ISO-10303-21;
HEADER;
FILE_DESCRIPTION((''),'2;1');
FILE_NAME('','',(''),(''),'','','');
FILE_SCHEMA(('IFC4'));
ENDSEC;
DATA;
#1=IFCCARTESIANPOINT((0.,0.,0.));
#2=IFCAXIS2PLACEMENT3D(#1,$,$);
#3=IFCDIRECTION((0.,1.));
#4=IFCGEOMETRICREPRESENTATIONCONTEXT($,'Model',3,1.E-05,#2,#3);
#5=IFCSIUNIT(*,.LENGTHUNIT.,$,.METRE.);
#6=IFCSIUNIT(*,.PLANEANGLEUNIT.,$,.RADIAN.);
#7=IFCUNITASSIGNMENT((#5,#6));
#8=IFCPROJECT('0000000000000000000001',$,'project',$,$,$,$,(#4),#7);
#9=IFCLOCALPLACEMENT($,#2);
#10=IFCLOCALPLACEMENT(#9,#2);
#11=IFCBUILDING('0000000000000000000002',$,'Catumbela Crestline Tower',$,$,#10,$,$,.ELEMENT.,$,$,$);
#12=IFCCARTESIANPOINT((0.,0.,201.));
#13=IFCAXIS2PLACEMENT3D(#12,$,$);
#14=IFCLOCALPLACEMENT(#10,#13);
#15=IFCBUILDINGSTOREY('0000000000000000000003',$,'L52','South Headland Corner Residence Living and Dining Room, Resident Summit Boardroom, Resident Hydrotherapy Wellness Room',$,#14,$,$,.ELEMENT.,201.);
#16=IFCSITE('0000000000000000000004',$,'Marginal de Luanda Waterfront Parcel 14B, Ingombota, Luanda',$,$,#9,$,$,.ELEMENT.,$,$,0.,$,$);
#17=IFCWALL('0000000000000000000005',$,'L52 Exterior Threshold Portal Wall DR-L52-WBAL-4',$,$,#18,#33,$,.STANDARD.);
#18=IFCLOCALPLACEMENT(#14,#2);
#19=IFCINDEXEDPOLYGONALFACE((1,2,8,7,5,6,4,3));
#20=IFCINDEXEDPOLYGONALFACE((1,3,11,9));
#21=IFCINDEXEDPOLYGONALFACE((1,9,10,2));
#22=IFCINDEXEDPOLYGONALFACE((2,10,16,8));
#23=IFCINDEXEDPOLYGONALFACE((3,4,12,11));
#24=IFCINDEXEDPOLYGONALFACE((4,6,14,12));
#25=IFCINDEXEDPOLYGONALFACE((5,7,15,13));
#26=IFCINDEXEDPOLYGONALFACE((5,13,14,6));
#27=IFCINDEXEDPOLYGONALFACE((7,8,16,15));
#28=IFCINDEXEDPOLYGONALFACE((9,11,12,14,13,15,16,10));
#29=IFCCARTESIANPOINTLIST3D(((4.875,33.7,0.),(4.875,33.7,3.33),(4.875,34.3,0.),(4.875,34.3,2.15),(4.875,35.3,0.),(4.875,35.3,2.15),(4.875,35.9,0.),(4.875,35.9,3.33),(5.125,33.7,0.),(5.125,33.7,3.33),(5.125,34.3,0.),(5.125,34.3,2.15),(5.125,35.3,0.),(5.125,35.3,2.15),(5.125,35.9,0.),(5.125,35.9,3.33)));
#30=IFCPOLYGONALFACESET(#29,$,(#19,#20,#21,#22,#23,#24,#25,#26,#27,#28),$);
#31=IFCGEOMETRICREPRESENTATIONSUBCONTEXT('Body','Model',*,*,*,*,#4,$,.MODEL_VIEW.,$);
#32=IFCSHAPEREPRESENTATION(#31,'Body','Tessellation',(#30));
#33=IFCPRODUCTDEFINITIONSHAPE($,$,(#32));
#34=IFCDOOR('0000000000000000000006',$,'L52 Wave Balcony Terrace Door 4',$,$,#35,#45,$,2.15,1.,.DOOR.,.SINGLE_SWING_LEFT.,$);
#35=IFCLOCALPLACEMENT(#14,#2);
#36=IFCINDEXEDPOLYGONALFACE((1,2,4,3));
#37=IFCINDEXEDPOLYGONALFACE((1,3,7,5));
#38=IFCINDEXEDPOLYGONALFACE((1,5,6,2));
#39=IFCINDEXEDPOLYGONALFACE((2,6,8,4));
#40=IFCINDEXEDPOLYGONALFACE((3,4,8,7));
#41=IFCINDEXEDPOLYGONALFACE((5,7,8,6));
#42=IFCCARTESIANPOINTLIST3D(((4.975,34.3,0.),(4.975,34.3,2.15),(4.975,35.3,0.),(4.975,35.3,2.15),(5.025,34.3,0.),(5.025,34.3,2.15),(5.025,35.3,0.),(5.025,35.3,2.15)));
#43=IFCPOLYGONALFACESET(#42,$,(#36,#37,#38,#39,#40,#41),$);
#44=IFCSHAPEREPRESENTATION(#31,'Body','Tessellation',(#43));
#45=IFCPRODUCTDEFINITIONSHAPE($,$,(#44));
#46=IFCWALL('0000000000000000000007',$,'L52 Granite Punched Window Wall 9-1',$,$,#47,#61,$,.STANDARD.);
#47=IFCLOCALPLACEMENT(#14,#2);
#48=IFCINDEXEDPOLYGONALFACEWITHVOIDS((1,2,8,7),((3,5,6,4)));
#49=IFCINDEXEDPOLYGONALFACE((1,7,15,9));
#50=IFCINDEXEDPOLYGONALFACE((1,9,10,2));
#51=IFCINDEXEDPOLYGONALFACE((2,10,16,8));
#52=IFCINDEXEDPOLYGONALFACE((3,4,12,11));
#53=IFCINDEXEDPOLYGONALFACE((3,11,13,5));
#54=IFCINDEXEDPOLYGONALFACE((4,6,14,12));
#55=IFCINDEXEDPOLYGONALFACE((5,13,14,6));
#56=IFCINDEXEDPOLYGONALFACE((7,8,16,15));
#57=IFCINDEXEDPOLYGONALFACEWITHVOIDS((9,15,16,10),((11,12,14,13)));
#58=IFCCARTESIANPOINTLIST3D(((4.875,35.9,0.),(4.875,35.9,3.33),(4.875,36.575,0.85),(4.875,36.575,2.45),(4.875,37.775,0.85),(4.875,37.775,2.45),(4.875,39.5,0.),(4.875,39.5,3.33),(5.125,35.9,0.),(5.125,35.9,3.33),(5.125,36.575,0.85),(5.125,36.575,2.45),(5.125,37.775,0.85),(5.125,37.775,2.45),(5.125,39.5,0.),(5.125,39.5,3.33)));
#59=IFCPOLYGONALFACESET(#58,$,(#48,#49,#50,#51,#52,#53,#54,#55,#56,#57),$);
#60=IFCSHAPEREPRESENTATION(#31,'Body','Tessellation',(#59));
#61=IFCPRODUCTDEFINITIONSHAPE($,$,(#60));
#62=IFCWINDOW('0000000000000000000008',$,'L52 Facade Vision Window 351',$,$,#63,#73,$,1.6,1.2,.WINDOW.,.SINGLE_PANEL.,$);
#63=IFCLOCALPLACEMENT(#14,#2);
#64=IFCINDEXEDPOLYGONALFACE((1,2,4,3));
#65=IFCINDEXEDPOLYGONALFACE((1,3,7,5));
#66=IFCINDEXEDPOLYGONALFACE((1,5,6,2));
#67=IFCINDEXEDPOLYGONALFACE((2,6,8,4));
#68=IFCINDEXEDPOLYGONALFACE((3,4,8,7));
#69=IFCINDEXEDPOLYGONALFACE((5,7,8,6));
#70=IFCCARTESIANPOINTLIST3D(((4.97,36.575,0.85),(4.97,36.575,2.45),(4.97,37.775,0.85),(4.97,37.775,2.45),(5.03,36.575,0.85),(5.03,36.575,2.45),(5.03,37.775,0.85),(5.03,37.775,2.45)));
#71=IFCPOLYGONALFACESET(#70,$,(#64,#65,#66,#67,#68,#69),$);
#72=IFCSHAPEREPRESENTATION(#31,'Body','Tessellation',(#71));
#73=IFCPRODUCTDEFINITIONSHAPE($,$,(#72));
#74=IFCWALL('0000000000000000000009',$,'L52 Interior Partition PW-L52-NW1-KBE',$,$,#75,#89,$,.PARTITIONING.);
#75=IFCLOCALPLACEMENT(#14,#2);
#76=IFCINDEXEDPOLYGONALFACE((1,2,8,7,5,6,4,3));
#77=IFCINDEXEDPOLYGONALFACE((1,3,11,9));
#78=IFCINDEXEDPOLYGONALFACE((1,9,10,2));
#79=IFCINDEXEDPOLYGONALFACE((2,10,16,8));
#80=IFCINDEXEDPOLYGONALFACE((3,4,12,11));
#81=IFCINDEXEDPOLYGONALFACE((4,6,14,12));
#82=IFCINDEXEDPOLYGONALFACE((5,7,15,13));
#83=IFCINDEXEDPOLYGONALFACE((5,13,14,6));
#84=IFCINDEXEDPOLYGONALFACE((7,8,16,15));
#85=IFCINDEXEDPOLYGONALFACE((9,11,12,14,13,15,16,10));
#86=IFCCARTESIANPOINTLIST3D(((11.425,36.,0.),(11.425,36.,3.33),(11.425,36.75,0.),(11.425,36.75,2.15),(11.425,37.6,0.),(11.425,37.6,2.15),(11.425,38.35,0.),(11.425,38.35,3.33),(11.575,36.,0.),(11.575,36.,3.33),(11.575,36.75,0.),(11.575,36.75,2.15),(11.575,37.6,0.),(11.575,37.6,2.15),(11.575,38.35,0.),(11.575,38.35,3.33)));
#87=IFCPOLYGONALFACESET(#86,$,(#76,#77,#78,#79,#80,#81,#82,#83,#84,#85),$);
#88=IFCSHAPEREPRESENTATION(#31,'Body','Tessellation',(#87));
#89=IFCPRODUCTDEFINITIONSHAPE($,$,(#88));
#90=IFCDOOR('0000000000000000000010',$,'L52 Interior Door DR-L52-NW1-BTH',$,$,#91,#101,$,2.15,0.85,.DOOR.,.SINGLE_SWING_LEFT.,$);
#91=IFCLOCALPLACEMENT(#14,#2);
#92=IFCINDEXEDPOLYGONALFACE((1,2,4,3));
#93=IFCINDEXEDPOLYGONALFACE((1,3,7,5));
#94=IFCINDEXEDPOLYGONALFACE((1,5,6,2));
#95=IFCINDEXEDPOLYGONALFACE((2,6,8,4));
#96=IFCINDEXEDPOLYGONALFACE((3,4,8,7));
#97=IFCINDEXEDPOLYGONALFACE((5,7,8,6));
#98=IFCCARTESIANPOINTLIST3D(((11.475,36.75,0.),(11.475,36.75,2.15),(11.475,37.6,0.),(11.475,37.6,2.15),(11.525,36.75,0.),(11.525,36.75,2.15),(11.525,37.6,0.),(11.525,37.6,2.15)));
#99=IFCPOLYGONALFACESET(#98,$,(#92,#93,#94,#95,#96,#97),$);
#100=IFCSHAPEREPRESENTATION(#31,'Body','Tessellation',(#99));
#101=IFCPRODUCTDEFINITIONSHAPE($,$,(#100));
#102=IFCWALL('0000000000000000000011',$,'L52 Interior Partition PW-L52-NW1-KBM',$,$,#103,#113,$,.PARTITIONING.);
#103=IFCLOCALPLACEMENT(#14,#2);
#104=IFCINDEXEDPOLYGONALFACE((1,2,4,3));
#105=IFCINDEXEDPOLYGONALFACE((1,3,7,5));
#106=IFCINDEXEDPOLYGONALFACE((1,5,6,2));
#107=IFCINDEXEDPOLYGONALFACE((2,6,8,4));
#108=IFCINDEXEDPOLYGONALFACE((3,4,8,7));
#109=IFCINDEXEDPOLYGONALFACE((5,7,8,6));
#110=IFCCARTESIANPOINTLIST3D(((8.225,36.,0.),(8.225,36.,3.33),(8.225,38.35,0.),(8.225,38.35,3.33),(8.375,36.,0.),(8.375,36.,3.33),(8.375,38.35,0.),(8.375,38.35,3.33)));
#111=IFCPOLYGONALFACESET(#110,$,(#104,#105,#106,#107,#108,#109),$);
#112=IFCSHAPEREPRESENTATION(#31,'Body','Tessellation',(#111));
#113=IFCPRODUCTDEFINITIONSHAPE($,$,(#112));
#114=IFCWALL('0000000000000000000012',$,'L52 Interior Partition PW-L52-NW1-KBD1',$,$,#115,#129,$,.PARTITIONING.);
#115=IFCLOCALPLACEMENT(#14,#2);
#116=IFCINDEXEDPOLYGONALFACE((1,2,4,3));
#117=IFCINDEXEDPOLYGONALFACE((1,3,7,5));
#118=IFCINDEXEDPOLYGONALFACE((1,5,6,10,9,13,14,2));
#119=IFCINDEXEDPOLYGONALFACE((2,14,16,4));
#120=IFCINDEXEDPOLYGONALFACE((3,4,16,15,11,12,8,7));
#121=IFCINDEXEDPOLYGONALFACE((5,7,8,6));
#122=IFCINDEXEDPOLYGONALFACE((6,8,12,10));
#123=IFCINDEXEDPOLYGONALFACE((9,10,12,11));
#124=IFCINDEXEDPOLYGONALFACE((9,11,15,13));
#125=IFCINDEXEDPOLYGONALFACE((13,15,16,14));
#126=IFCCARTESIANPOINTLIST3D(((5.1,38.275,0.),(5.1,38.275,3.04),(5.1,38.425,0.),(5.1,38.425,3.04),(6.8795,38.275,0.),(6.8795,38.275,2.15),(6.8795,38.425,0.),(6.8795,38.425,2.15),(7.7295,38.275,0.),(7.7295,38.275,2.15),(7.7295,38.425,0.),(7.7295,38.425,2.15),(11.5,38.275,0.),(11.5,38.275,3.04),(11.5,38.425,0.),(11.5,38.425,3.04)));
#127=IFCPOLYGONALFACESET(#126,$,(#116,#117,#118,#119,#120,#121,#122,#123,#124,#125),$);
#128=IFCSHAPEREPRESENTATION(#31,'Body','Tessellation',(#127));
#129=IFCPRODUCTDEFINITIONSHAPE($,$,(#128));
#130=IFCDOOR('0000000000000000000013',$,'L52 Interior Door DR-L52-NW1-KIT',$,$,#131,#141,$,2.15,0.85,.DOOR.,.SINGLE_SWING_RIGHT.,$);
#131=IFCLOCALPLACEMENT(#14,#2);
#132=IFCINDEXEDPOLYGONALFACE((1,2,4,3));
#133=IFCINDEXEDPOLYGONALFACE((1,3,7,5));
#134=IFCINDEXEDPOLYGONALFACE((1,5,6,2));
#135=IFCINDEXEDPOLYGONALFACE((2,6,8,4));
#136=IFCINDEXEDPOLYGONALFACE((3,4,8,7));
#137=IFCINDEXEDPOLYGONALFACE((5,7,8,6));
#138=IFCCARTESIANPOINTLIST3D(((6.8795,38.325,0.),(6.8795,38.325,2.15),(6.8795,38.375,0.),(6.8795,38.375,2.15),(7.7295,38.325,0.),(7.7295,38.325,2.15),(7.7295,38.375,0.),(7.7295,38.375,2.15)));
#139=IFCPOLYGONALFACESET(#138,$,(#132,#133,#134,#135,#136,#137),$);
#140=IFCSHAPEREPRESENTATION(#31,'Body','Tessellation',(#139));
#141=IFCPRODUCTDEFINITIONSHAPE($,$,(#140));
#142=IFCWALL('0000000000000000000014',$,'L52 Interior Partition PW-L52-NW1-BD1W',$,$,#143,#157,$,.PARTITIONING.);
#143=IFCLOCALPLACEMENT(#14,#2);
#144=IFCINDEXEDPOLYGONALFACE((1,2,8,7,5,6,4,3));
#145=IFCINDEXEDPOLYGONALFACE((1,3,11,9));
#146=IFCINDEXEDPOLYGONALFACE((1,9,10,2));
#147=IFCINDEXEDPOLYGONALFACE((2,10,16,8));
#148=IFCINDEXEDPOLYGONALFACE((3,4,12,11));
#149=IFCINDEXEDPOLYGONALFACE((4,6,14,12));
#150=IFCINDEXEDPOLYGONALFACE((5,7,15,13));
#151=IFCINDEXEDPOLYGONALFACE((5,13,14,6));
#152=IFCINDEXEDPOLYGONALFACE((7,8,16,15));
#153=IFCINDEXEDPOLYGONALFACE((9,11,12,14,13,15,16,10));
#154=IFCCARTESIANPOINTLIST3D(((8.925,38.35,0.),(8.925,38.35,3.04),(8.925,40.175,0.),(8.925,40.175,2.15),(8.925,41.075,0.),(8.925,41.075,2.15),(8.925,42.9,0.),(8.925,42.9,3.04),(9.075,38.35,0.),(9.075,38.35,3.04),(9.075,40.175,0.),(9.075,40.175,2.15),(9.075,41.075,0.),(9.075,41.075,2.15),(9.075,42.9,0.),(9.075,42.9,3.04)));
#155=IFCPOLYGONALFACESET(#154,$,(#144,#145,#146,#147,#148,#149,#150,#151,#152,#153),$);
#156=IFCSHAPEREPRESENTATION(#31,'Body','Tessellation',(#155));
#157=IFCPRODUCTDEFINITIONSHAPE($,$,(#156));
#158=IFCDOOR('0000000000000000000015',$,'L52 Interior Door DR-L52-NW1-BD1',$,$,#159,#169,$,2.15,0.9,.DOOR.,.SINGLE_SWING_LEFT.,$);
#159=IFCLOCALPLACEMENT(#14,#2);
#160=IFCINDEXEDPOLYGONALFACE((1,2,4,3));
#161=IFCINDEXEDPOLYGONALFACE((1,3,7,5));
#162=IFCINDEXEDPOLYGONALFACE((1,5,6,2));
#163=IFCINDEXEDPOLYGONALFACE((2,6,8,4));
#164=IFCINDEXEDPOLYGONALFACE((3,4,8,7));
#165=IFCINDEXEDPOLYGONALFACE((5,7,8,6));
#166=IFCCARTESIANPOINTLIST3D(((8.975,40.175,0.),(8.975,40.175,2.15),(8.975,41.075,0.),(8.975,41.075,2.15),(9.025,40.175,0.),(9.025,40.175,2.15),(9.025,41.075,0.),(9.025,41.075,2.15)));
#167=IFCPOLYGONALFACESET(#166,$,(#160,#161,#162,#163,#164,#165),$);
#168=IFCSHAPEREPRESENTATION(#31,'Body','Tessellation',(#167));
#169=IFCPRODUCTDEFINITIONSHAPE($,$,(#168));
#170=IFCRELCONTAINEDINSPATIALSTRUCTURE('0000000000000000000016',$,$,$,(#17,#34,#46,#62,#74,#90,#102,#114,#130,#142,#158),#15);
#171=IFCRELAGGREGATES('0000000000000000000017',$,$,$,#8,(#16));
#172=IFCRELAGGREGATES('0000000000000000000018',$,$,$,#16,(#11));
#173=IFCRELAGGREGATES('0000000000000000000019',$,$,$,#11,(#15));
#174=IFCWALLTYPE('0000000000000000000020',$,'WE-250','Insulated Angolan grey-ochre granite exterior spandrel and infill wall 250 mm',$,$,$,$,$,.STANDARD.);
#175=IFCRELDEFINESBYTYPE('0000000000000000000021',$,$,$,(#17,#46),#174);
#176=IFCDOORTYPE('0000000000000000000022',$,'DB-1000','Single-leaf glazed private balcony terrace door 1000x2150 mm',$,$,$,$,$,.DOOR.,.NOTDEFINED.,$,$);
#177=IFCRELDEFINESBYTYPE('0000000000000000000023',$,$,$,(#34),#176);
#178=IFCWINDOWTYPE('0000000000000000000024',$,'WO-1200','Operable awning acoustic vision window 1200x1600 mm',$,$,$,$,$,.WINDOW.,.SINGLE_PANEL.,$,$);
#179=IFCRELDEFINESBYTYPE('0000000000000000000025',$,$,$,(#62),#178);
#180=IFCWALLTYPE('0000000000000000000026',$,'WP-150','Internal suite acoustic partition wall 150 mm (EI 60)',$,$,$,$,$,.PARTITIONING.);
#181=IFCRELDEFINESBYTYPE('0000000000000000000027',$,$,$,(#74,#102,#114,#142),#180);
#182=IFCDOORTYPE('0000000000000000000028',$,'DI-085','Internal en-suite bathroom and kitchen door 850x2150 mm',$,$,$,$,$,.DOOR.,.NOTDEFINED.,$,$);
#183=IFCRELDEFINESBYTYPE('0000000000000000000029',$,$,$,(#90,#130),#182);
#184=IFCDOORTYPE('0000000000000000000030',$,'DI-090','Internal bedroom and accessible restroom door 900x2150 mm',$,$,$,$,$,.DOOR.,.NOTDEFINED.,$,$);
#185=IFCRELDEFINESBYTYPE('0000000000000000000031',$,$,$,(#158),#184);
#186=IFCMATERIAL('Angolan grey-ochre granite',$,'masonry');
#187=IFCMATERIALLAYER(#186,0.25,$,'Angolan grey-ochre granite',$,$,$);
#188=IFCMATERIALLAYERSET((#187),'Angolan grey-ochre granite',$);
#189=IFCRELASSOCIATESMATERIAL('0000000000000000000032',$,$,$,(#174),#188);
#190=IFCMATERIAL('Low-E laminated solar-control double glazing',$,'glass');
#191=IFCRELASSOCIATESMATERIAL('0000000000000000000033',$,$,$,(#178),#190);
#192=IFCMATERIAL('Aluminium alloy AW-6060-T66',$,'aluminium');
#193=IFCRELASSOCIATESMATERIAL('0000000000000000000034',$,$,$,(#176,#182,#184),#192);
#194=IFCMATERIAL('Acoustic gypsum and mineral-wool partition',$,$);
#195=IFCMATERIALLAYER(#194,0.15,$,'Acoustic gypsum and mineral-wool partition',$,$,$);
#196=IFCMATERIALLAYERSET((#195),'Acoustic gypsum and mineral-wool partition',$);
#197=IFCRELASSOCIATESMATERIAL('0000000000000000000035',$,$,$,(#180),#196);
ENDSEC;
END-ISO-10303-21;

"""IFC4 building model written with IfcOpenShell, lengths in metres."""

from ifc_helpers import new_model, si_unit, direction, frame, frame_2d, origin, place, context, subcontext, project, spatial, rectangle, extrude, material, layer, layer_set, type_object, element, fill, save


model = new_model("IFC4")

# Units and contexts
model_context = context("Model", 3, precision=1e-05, world=origin(), true_north=direction((0.0, 1.0)))
body_context = subcontext(model_context, "Body", "Model", "MODEL_VIEW")
ifc_project = project(units=[si_unit("LENGTHUNIT", "METRE"), si_unit("PLANEANGLEUNIT", "RADIAN")], contexts=[model_context])

# Site, building, storey
site_placement = place(None, origin())
site = spatial("IfcSite", under=ifc_project, at=site_placement, Name="Marginal de Luanda Waterfront Parcel 14B, Ingombota, Luanda", CompositionType="ELEMENT", RefElevation=0.0)
building_placement = place(site_placement, origin())
building = spatial("IfcBuilding", under=site, at=building_placement, Name="Catumbela Crestline Tower", CompositionType="ELEMENT")
storey_placement = place(building_placement, frame((0.0, 0.0, 201.0)))
storey = spatial("IfcBuildingStorey", under=building, at=storey_placement, Name="L52", Description="South Headland Corner Residence Living and Dining Room, Resident Summit Boardroom, Resident Hydrotherapy Wellness Room", CompositionType="ELEMENT", Elevation=201.0)

# Shared definitions
ifc_material_1 = material(Name="Aluminium alloy AW-6060-T66", Category="aluminium")

# Shared definitions
ifc_material_2 = material(Name="Low-E laminated solar-control double glazing", Category="glass")

# Shared definitions
ifc_material_3 = material(Name="Acoustic gypsum and mineral-wool partition")

# Shared definitions
ifc_material_4 = material(Name="Angolan grey-ochre granite", Category="masonry")
ifc_layer_1 = layer(ifc_material_4, 0.25, Name="Angolan grey-ochre granite")
ifc_layer_set_1 = layer_set([ifc_layer_1], Name="Angolan grey-ochre granite")
wall_type_1 = type_object("IfcWallType", Name="WE-250", Description="Insulated Angolan grey-ochre granite exterior spandrel and infill wall 250 mm", PredefinedType="STANDARD", material=ifc_layer_set_1)
window_type = type_object("IfcWindowType", Name="WO-1200", Description="Operable awning acoustic vision window 1200x1600 mm", PartitioningType="SINGLE_PANEL", PredefinedType="WINDOW", material=ifc_material_2)

# Wall, opening, door
wall_1_placement = place(storey_placement, frame((5.0, 35.9, 0.0), z_axis=(0.0, 0.0, 1.0), x_axis=(0.0, -1.0, 0.0)))
wall_1 = element("IfcWall", 1, at=wall_1_placement, inside=storey, type_object=wall_type_1, Name="L52 Exterior Threshold Portal Wall DR-L52-WBAL-4", PredefinedType="STANDARD", context=body_context, shape_type="SweptSolid", body=[
    extrude(rectangle(XDim=2.2, YDim=0.25, at=frame_2d((1.1, 0.0))), origin(), (0.0, 0.0, 1.0), 3.33),
])
opening_1_placement = place(wall_1_placement, frame((0.6, 0.0, 0.0)))
opening_1 = element("IfcOpeningElement", 2, at=opening_1_placement, cuts=wall_1, PredefinedType="OPENING", context=body_context, shape_type="SweptSolid", body=[
    extrude(rectangle(XDim=1.0, YDim=2.15, at=frame_2d((0.5, 1.075))), frame((0.0, 0.135, 0.0), z_axis=(0.0, -1.0, 0.0), x_axis=(1.0, 0.0, 0.0)), (0.0, 0.0, 1.0), 0.27),
])
door_type_1 = type_object("IfcDoorType", Name="DB-1000", Description="Single-leaf glazed private balcony terrace door 1000x2150 mm", OperationType="NOTDEFINED", PredefinedType="DOOR", material=ifc_material_1)
door_1_placement = place(opening_1_placement, origin())
door_1 = element("IfcDoor", 3, at=door_1_placement, inside=storey, type_object=door_type_1, Name="L52 Wave Balcony Terrace Door 4", OperationType="SINGLE_SWING_LEFT", OverallHeight=2.15, OverallWidth=1.0, PredefinedType="DOOR", context=body_context, shape_type="SweptSolid", body=[
    extrude(rectangle(XDim=1.0, YDim=2.15, at=frame_2d((0.5, 1.075))), frame((0.0, 0.025, 0.0), z_axis=(0.0, -1.0, 0.0), x_axis=(1.0, 0.0, 0.0)), (0.0, 0.0, 1.0), 0.05),
])
fill(opening_1, door_1)

# Wall, opening, window
wall_2_placement = place(storey_placement, frame((5.0, 39.5, 0.0), z_axis=(0.0, 0.0, 1.0), x_axis=(0.0, -1.0, 0.0)))
wall_2 = element("IfcWall", 4, at=wall_2_placement, inside=storey, type_object=wall_type_1, Name="L52 Granite Punched Window Wall 9-1", PredefinedType="STANDARD", context=body_context, shape_type="SweptSolid", body=[
    extrude(rectangle(XDim=3.6, YDim=0.25, at=frame_2d((1.8, 0.0))), origin(), (0.0, 0.0, 1.0), 3.33),
])
opening_2_placement = place(wall_2_placement, frame((1.725, 0.0, 0.85)))
opening_2 = element("IfcOpeningElement", 5, at=opening_2_placement, cuts=wall_2, PredefinedType="OPENING", context=body_context, shape_type="SweptSolid", body=[
    extrude(rectangle(XDim=1.2, YDim=1.6, at=frame_2d((0.6, 0.8))), frame((0.0, 0.135, 0.0), z_axis=(0.0, -1.0, 0.0), x_axis=(1.0, 0.0, 0.0)), (0.0, 0.0, 1.0), 0.27),
])
window_1_placement = place(opening_2_placement, origin())
window_1 = element("IfcWindow", 6, at=window_1_placement, inside=storey, type_object=window_type, Name="L52 Facade Vision Window 351", OverallHeight=1.6, OverallWidth=1.2, PartitioningType="SINGLE_PANEL", PredefinedType="WINDOW", context=body_context, shape_type="SweptSolid", body=[
    extrude(rectangle(XDim=1.2, YDim=1.6, at=frame_2d((0.6, 0.8))), frame((0.0, 0.03, 0.0), z_axis=(0.0, -1.0, 0.0), x_axis=(1.0, 0.0, 0.0)), (0.0, 0.0, 1.0), 0.06),
])
fill(opening_2, window_1)

# Wall, opening, door
ifc_layer_2 = layer(ifc_material_3, 0.15, Name="Acoustic gypsum and mineral-wool partition")
ifc_layer_set_2 = layer_set([ifc_layer_2], Name="Acoustic gypsum and mineral-wool partition")
wall_type_2 = type_object("IfcWallType", Name="WP-150", Description="Internal suite acoustic partition wall 150 mm (EI 60)", PredefinedType="PARTITIONING", material=ifc_layer_set_2)
wall_3_placement = place(storey_placement, frame((11.5, 36.0, 0.0), z_axis=(0.0, 0.0, 1.0), x_axis=(0.0, 1.0, 0.0)))
wall_3 = element("IfcWall", 7, at=wall_3_placement, inside=storey, type_object=wall_type_2, Name="L52 Interior Partition PW-L52-NW1-KBE", PredefinedType="PARTITIONING", context=body_context, shape_type="SweptSolid", body=[
    extrude(rectangle(XDim=2.35, YDim=0.15, at=frame_2d((1.175, 0.0))), origin(), (0.0, 0.0, 1.0), 3.33),
])
opening_3_placement = place(wall_3_placement, frame((0.75, 0.0, 0.0)))
opening_3 = element("IfcOpeningElement", 8, at=opening_3_placement, cuts=wall_3, PredefinedType="OPENING", context=body_context, shape_type="SweptSolid", body=[
    extrude(rectangle(XDim=0.85, YDim=2.15, at=frame_2d((0.425, 1.075))), frame((0.0, 0.085, 0.0), z_axis=(0.0, -1.0, 0.0), x_axis=(1.0, 0.0, 0.0)), (0.0, 0.0, 1.0), 0.17),
])
door_type_2 = type_object("IfcDoorType", Name="DI-085", Description="Internal en-suite bathroom and kitchen door 850x2150 mm", OperationType="NOTDEFINED", PredefinedType="DOOR", material=ifc_material_1)
door_2_placement = place(opening_3_placement, origin())
door_2 = element("IfcDoor", 9, at=door_2_placement, inside=storey, type_object=door_type_2, Name="L52 Interior Door DR-L52-NW1-BTH", OperationType="SINGLE_SWING_LEFT", OverallHeight=2.15, OverallWidth=0.85, PredefinedType="DOOR", context=body_context, shape_type="SweptSolid", body=[
    extrude(rectangle(XDim=0.85, YDim=2.15, at=frame_2d((0.425, 1.075))), frame((0.0, 0.025, 0.0), z_axis=(0.0, -1.0, 0.0), x_axis=(1.0, 0.0, 0.0)), (0.0, 0.0, 1.0), 0.05),
])
fill(opening_3, door_2)

# Wall
wall_4_placement = place(storey_placement, frame((8.3, 36.0, 0.0), z_axis=(0.0, 0.0, 1.0), x_axis=(0.0, 1.0, 0.0)))
element("IfcWall", 10, at=wall_4_placement, inside=storey, type_object=wall_type_2, Name="L52 Interior Partition PW-L52-NW1-KBM", PredefinedType="PARTITIONING", context=body_context, shape_type="SweptSolid", body=[
    extrude(rectangle(XDim=2.35, YDim=0.15, at=frame_2d((1.175, 0.0))), origin(), (0.0, 0.0, 1.0), 3.33),
])

# Walls, openings, doors
wall_5_placement = place(storey_placement, frame((5.1, 38.35, 0.0), z_axis=(0.0, 0.0, 1.0), x_axis=(1.0, 0.0, 0.0)))
wall_5 = element("IfcWall", 11, at=wall_5_placement, inside=storey, type_object=wall_type_2, Name="L52 Interior Partition PW-L52-NW1-KBD1", PredefinedType="PARTITIONING", context=body_context, shape_type="SweptSolid", body=[
    extrude(rectangle(XDim=6.4, YDim=0.15, at=frame_2d((3.2, 0.0))), origin(), (0.0, 0.0, 1.0), 3.04),
])
opening_4_placement = place(wall_5_placement, frame((1.7795, 0.0, 0.0)))
opening_4 = element("IfcOpeningElement", 12, at=opening_4_placement, cuts=wall_5, PredefinedType="OPENING", context=body_context, shape_type="SweptSolid", body=[
    extrude(rectangle(XDim=0.85, YDim=2.15, at=frame_2d((0.425, 1.075))), frame((0.0, 0.085, 0.0), z_axis=(0.0, -1.0, 0.0), x_axis=(1.0, 0.0, 0.0)), (0.0, 0.0, 1.0), 0.17),
])
door_3_placement = place(opening_4_placement, origin())
door_3 = element("IfcDoor", 13, at=door_3_placement, inside=storey, type_object=door_type_2, Name="L52 Interior Door DR-L52-NW1-KIT", OperationType="SINGLE_SWING_RIGHT", OverallHeight=2.15, OverallWidth=0.85, PredefinedType="DOOR", context=body_context, shape_type="SweptSolid", body=[
    extrude(rectangle(XDim=0.85, YDim=2.15, at=frame_2d((0.425, 1.075))), frame((0.0, 0.025, 0.0), z_axis=(0.0, -1.0, 0.0), x_axis=(1.0, 0.0, 0.0)), (0.0, 0.0, 1.0), 0.05),
])
fill(opening_4, door_3)
wall_6_placement = place(storey_placement, frame((9.0, 38.35, 0.0), z_axis=(0.0, 0.0, 1.0), x_axis=(0.0, 1.0, 0.0)))
wall_6 = element("IfcWall", 14, at=wall_6_placement, inside=storey, type_object=wall_type_2, Name="L52 Interior Partition PW-L52-NW1-BD1W", PredefinedType="PARTITIONING", context=body_context, shape_type="SweptSolid", body=[
    extrude(rectangle(XDim=4.55, YDim=0.15, at=frame_2d((2.275, 0.0))), origin(), (0.0, 0.0, 1.0), 3.04),
])
opening_5_placement = place(wall_6_placement, frame((1.825, 0.0, 0.0)))
opening_5 = element("IfcOpeningElement", 15, at=opening_5_placement, cuts=wall_6, PredefinedType="OPENING", context=body_context, shape_type="SweptSolid", body=[
    extrude(rectangle(XDim=0.9, YDim=2.15, at=frame_2d((0.45, 1.075))), frame((0.0, 0.085, 0.0), z_axis=(0.0, -1.0, 0.0), x_axis=(1.0, 0.0, 0.0)), (0.0, 0.0, 1.0), 0.17),
])
door_type_3 = type_object("IfcDoorType", Name="DI-090", Description="Internal bedroom and accessible restroom door 900x2150 mm", OperationType="NOTDEFINED", PredefinedType="DOOR", material=ifc_material_1)
door_4_placement = place(opening_5_placement, origin())
door_4 = element("IfcDoor", 16, at=door_4_placement, inside=storey, type_object=door_type_3, Name="L52 Interior Door DR-L52-NW1-BD1", OperationType="SINGLE_SWING_LEFT", OverallHeight=2.15, OverallWidth=0.9, PredefinedType="DOOR", context=body_context, shape_type="SweptSolid", body=[
    extrude(rectangle(XDim=0.9, YDim=2.15, at=frame_2d((0.45, 1.075))), frame((0.0, 0.025, 0.0), z_axis=(0.0, -1.0, 0.0), x_axis=(1.0, 0.0, 0.0)), (0.0, 0.0, 1.0), 0.05),
])
fill(opening_5, door_4)

save(model, "model.ifc")
